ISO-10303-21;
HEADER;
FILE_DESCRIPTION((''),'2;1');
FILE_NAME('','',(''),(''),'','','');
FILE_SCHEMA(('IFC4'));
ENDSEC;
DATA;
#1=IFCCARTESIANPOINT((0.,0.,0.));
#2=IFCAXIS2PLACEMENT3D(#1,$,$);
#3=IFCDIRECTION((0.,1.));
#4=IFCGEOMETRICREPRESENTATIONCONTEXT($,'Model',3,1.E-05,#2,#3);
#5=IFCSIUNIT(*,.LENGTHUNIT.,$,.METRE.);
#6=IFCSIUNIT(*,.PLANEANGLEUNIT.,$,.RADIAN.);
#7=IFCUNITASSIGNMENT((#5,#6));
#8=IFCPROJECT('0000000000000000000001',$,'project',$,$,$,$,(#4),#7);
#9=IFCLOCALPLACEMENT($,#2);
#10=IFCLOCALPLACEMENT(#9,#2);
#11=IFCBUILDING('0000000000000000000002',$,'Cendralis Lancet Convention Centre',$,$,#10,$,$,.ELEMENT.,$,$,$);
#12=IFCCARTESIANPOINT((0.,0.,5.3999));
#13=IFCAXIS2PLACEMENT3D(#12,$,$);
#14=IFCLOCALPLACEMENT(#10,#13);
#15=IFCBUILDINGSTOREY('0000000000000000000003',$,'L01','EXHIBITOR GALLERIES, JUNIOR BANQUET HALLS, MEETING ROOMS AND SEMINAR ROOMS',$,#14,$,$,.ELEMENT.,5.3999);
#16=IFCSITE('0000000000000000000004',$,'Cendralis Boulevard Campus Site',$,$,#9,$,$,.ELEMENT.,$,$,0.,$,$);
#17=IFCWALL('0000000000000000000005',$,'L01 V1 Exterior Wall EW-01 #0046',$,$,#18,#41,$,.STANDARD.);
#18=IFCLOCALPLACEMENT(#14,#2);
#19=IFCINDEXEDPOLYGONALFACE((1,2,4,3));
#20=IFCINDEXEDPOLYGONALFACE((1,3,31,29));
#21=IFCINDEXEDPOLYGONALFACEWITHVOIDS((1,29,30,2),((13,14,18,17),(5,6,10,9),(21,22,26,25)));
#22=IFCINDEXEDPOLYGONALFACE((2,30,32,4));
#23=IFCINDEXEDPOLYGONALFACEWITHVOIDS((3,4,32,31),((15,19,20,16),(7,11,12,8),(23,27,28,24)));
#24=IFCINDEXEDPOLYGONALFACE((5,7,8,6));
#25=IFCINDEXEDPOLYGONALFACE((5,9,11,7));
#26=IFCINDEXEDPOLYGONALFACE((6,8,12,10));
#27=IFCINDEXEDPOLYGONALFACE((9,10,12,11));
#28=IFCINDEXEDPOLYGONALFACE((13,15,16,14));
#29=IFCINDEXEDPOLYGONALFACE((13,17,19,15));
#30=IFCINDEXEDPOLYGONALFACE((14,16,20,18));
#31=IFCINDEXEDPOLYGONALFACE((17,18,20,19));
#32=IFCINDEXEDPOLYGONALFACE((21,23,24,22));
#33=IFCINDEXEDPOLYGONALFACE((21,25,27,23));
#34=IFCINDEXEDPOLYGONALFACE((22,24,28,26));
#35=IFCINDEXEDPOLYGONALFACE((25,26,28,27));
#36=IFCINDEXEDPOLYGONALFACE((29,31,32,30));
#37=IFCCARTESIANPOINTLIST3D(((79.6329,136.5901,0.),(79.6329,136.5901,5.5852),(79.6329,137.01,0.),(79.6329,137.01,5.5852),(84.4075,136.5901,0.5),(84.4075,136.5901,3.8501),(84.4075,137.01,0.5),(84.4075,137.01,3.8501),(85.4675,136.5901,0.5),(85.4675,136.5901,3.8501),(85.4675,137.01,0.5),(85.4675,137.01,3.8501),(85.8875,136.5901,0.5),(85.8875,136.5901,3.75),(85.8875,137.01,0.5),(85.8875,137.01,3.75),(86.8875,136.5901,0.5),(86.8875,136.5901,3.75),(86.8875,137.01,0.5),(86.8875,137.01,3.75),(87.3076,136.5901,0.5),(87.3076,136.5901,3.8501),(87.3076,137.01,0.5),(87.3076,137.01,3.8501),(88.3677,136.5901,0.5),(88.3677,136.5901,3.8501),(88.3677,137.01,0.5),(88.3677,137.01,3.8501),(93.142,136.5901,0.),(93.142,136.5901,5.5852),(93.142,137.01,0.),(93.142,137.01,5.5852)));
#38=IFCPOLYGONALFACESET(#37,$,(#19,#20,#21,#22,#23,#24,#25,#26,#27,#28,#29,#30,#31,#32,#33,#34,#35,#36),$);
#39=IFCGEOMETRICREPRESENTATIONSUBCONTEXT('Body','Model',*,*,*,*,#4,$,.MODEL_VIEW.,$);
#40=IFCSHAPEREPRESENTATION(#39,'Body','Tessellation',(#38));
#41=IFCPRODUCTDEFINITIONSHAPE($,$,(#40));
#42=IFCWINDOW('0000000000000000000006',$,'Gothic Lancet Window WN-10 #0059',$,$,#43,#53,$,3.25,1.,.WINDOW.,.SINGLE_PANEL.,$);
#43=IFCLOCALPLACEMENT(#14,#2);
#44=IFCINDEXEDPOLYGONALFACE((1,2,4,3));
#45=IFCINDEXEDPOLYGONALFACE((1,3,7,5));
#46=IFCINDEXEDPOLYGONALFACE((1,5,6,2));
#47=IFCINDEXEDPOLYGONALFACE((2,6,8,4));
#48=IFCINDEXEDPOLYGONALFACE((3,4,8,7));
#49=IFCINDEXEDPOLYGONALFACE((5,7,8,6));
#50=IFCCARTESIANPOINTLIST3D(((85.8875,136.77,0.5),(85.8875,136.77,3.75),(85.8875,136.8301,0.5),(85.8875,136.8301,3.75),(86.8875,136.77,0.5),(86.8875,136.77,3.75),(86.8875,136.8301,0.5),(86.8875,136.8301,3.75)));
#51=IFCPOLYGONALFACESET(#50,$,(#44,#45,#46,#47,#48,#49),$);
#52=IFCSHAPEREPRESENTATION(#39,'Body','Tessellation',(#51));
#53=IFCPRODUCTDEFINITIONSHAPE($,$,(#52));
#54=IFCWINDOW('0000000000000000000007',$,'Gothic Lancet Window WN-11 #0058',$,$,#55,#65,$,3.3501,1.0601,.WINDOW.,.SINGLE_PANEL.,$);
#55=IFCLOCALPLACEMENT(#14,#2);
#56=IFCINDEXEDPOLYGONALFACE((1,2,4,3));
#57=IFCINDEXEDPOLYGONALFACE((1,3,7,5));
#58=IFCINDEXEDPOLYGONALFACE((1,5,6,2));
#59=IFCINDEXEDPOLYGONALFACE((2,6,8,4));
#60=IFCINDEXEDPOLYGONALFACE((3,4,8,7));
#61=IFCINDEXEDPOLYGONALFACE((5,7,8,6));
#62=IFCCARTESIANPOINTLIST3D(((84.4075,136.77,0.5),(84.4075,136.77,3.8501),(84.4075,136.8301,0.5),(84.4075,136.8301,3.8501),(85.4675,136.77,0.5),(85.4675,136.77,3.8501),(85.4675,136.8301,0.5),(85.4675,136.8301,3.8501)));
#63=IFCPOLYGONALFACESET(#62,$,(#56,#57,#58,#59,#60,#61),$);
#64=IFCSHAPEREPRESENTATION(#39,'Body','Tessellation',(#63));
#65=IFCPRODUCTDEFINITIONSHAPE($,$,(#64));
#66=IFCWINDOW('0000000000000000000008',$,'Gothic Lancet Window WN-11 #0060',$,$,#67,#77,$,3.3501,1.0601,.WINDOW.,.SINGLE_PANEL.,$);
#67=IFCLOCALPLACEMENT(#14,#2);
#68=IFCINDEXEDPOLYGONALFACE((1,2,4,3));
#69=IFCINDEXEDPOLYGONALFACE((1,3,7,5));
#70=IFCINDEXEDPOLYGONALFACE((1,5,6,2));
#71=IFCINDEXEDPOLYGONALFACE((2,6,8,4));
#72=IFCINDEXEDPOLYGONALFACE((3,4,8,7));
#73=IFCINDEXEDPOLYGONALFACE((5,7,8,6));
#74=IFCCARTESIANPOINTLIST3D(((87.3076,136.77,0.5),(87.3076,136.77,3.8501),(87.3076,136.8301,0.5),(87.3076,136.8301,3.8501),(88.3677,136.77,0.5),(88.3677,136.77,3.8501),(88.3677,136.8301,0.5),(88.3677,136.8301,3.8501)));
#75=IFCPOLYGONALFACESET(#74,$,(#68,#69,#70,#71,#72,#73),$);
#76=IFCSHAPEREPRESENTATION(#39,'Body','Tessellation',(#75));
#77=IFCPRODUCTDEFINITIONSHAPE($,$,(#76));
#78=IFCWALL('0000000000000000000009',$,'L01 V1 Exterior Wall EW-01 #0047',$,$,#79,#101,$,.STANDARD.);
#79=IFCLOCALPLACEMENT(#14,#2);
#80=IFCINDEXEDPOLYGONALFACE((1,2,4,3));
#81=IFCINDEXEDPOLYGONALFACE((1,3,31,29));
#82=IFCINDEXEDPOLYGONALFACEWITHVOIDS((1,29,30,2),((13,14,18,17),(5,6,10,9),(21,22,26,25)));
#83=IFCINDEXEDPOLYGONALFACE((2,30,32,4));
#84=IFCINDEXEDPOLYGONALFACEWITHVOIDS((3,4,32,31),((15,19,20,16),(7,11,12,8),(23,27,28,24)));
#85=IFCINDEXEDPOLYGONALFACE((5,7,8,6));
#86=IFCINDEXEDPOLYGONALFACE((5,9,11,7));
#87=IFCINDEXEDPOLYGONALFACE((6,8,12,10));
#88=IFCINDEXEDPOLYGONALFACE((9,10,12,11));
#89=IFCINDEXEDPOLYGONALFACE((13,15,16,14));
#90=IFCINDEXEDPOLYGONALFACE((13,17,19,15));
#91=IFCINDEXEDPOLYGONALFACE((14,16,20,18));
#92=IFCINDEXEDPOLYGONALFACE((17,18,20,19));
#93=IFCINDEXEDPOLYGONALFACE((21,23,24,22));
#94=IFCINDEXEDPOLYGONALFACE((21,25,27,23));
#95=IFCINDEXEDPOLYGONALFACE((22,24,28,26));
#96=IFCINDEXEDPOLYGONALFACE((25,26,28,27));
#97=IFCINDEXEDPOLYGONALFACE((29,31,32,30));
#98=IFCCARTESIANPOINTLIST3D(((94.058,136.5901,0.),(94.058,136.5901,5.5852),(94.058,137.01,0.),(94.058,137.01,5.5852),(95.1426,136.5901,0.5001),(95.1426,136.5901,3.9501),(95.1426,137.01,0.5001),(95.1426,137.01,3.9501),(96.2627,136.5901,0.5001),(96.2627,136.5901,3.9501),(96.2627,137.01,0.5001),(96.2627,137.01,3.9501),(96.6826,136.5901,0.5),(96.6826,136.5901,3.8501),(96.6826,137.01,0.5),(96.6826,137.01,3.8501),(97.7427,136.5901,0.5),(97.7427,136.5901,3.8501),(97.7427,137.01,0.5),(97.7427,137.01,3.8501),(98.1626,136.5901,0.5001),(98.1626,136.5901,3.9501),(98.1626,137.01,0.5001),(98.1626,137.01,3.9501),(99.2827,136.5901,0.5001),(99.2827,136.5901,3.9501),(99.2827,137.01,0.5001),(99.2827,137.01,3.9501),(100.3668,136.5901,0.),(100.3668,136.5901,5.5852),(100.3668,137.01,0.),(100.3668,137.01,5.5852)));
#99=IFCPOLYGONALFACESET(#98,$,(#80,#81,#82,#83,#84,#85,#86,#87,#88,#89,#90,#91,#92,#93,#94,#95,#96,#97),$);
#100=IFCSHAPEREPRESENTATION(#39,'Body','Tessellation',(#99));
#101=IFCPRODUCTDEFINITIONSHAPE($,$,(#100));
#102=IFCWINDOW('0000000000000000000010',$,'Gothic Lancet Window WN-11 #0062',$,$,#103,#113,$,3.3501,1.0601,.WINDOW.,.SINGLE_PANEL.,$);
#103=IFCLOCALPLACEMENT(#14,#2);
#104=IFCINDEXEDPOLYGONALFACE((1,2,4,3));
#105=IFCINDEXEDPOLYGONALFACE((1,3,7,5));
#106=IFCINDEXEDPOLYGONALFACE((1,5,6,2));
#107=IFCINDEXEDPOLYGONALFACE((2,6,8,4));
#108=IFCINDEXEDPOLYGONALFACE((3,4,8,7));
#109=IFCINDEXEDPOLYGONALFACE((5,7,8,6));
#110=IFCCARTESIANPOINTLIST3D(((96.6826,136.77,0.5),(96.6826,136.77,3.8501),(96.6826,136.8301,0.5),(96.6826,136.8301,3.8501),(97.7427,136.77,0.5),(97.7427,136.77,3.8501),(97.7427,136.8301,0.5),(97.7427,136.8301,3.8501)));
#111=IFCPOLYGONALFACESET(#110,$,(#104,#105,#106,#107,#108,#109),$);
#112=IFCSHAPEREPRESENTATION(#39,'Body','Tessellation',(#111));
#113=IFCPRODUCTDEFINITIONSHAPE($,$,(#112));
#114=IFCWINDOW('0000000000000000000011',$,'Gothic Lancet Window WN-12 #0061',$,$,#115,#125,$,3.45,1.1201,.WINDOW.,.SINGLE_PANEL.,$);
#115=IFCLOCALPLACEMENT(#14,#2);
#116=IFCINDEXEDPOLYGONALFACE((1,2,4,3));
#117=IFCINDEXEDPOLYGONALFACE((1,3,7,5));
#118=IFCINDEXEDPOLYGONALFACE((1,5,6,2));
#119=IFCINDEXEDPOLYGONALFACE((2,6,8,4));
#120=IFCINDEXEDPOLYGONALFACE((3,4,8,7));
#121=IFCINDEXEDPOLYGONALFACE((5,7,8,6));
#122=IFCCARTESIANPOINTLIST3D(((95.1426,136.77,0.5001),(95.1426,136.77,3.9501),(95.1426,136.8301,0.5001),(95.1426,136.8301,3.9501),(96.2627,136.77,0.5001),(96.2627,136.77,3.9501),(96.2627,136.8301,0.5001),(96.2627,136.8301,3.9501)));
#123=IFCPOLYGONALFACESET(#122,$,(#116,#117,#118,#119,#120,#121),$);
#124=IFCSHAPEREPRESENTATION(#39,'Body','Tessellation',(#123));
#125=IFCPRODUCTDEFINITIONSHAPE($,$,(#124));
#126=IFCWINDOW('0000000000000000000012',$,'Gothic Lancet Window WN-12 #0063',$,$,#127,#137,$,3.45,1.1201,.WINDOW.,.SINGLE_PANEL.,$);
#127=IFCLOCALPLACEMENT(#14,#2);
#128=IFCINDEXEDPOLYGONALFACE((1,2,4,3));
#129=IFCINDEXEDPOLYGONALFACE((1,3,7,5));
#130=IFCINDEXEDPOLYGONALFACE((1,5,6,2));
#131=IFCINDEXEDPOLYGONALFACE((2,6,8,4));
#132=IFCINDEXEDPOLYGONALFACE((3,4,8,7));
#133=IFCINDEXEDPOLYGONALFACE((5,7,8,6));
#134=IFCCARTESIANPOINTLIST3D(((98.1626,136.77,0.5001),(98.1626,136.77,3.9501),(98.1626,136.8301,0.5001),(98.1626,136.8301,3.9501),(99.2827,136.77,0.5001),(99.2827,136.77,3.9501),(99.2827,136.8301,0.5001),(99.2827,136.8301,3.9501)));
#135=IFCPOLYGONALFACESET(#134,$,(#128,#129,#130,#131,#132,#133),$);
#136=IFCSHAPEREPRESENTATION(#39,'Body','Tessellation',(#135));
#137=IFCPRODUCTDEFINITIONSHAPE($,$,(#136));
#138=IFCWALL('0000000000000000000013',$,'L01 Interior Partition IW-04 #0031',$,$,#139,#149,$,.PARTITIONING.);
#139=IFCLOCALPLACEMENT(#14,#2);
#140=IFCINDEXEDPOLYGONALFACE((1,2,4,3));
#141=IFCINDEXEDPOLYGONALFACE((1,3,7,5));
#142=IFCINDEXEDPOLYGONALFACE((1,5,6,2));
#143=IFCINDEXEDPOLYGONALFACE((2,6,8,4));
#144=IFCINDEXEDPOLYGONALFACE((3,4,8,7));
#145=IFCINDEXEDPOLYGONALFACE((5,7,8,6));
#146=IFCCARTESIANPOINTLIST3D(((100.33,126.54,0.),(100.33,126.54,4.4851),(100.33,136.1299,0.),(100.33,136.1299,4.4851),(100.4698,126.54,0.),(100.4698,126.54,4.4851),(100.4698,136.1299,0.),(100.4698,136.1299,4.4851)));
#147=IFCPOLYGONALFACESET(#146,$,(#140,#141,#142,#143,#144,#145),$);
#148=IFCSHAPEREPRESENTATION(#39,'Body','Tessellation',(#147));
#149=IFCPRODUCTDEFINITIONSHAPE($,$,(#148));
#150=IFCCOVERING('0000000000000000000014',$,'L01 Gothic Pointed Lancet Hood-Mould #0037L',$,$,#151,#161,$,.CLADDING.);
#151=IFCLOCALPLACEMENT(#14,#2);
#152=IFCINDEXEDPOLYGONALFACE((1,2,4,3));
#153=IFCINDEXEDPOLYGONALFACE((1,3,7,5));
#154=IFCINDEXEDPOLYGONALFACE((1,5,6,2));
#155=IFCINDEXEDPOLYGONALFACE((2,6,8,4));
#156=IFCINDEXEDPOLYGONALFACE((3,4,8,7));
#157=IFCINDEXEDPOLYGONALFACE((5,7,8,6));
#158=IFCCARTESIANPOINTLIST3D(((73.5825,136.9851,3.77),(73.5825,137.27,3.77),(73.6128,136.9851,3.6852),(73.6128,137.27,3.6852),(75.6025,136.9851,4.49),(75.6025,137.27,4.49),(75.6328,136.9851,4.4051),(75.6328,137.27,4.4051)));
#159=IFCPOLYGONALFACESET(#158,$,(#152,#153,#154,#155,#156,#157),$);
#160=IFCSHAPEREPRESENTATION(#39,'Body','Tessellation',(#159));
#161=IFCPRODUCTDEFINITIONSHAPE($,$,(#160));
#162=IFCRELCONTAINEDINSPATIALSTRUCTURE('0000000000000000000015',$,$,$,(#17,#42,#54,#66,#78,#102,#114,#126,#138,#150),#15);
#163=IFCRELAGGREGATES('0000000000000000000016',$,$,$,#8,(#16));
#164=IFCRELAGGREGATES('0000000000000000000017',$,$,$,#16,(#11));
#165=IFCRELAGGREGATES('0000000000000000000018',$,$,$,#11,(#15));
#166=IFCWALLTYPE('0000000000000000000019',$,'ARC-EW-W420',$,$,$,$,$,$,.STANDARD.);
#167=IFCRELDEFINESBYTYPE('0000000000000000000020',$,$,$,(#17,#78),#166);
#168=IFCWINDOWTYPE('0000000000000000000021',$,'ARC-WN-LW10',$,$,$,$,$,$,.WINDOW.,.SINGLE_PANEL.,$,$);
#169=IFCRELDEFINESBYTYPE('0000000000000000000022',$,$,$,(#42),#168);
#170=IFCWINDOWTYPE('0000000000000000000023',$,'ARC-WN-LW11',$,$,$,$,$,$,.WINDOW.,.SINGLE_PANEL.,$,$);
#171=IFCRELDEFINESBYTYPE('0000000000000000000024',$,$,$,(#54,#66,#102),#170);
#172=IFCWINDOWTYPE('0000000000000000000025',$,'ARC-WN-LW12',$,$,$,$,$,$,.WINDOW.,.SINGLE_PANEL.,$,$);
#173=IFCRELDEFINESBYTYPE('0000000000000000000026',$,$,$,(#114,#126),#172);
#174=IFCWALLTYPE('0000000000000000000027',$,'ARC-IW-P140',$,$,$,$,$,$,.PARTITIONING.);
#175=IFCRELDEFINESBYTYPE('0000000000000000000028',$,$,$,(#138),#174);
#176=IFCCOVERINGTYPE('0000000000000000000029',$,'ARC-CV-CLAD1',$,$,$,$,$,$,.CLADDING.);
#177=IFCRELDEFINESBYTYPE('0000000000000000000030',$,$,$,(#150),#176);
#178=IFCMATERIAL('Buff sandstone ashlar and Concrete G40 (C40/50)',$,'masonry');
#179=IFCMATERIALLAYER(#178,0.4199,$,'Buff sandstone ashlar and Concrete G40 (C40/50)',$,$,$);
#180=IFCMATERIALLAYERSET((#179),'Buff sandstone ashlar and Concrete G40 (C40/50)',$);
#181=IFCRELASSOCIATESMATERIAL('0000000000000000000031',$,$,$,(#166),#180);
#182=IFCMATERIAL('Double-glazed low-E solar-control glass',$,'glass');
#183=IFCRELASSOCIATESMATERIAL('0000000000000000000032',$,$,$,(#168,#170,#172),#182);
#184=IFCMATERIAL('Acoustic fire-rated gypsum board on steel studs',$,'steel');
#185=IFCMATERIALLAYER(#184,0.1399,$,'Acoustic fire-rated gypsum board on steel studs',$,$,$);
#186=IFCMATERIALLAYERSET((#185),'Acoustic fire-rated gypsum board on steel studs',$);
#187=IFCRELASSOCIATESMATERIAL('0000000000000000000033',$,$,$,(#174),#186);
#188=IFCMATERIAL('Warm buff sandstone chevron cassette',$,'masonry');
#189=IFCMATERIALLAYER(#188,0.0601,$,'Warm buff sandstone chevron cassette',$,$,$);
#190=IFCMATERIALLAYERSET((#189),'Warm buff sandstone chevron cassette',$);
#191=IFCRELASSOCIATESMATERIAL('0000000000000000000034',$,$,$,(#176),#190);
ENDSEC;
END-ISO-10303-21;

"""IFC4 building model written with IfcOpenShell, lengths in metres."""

from ifc_helpers import new_model, si_unit, direction, frame, frame_2d, origin, place, context, subcontext, project, spatial, polyline, rectangle, outline, extrude, material, layer, layer_set, type_object, element, fill, save


model = new_model("IFC4")

# Units and contexts
model_context = context("Model", 3, precision=1e-05, world=origin(), true_north=direction((0.0, 1.0)))
body_context = subcontext(model_context, "Body", "Model", "MODEL_VIEW")
ifc_project = project(units=[si_unit("LENGTHUNIT", "METRE"), si_unit("PLANEANGLEUNIT", "RADIAN")], contexts=[model_context])

# Site, building, storey
site_placement = place(None, origin())
site = spatial("IfcSite", under=ifc_project, at=site_placement, Name="Cendralis Boulevard Campus Site", CompositionType="ELEMENT", RefElevation=0.0)
building_placement = place(site_placement, origin())
building = spatial("IfcBuilding", under=site, at=building_placement, Name="Cendralis Lancet Convention Centre", CompositionType="ELEMENT")
storey_placement = place(building_placement, frame((0.0, 0.0, 5.3999)))
storey = spatial("IfcBuildingStorey", under=building, at=storey_placement, Name="L01", Description="EXHIBITOR GALLERIES, JUNIOR BANQUET HALLS, MEETING ROOMS AND SEMINAR ROOMS", CompositionType="ELEMENT", Elevation=5.3999)

# Walls, openings, windows
ifc_material_1 = material(Name="Buff sandstone ashlar and Concrete G40 (C40/50)", Category="masonry")
ifc_layer_1 = layer(ifc_material_1, 0.4199, Name="Buff sandstone ashlar and Concrete G40 (C40/50)")
ifc_layer_set_1 = layer_set([ifc_layer_1], Name="Buff sandstone ashlar and Concrete G40 (C40/50)")
wall_type_1 = type_object("IfcWallType", Name="ARC-EW-W420", PredefinedType="STANDARD", material=ifc_layer_set_1)
wall_1_placement = place(storey_placement, frame((79.6331, 136.8, 0.0), z_axis=(0.0, 0.0, 1.0), x_axis=(1.0, 0.0, 0.0)))
wall_1 = element("IfcWall", 1, at=wall_1_placement, inside=storey, type_object=wall_type_1, Name="L01 V1 Exterior Wall EW-01 #0046", PredefinedType="STANDARD", context=body_context, shape_type="SweptSolid", body=[
    extrude(rectangle(XDim=13.509, YDim=0.4199, at=frame_2d((6.7544, 0.0))), origin(), (0.0, 0.0, 1.0), 5.5852),
])
opening_1_placement = place(wall_1_placement, frame((4.7744, 0.0, 0.5)))
opening_1 = element("IfcOpeningElement", 2, at=opening_1_placement, cuts=wall_1, PredefinedType="OPENING", context=body_context, shape_type="SweptSolid", body=[
    extrude(rectangle(XDim=1.0601, YDim=3.3501, at=frame_2d((0.53, 1.675))), frame((0.0, 0.22, 0.0), z_axis=(0.0, -1.0, 0.0), x_axis=(1.0, 0.0, 0.0)), (0.0, 0.0, 1.0), 0.4399),
])
opening_2_placement = place(wall_1_placement, frame((6.2544, 0.0, 0.5)))
opening_2 = element("IfcOpeningElement", 3, at=opening_2_placement, cuts=wall_1, PredefinedType="OPENING", context=body_context, shape_type="SweptSolid", body=[
    extrude(rectangle(XDim=1.0, YDim=3.25, at=frame_2d((0.5, 1.625))), frame((0.0, 0.22, 0.0), z_axis=(0.0, -1.0, 0.0), x_axis=(1.0, 0.0, 0.0)), (0.0, 0.0, 1.0), 0.4399),
])
opening_3_placement = place(wall_1_placement, frame((7.6746, 0.0, 0.5)))
opening_3 = element("IfcOpeningElement", 4, at=opening_3_placement, cuts=wall_1, PredefinedType="OPENING", context=body_context, shape_type="SweptSolid", body=[
    extrude(rectangle(XDim=1.0601, YDim=3.3501, at=frame_2d((0.53, 1.675))), frame((0.0, 0.22, 0.0), z_axis=(0.0, -1.0, 0.0), x_axis=(1.0, 0.0, 0.0)), (0.0, 0.0, 1.0), 0.4399),
])
ifc_material_2 = material(Name="Double-glazed low-E solar-control glass", Category="glass")
window_type_1 = type_object("IfcWindowType", Name="ARC-WN-LW10", PartitioningType="SINGLE_PANEL", PredefinedType="WINDOW", material=ifc_material_2)
window_1_placement = place(opening_2_placement, origin())
window_1 = element("IfcWindow", 5, at=window_1_placement, inside=storey, type_object=window_type_1, Name="Gothic Lancet Window WN-10 #0059", OverallHeight=3.25, OverallWidth=1.0, PartitioningType="SINGLE_PANEL", PredefinedType="WINDOW", context=body_context, shape_type="SweptSolid", body=[
    extrude(rectangle(XDim=1.0, YDim=3.25, at=frame_2d((0.5, 1.625))), frame((0.0, 0.03, 0.0), z_axis=(0.0, -1.0, 0.0), x_axis=(1.0, 0.0, 0.0)), (0.0, 0.0, 1.0), 0.0601),
])
fill(opening_2, window_1)
window_type_2 = type_object("IfcWindowType", Name="ARC-WN-LW11", PartitioningType="SINGLE_PANEL", PredefinedType="WINDOW", material=ifc_material_2)
window_2_placement = place(opening_1_placement, origin())
window_2 = element("IfcWindow", 6, at=window_2_placement, inside=storey, type_object=window_type_2, Name="Gothic Lancet Window WN-11 #0058", OverallHeight=3.3501, OverallWidth=1.0601, PartitioningType="SINGLE_PANEL", PredefinedType="WINDOW", context=body_context, shape_type="SweptSolid", body=[
    extrude(rectangle(XDim=1.0601, YDim=3.3501, at=frame_2d((0.53, 1.675))), frame((0.0, 0.03, 0.0), z_axis=(0.0, -1.0, 0.0), x_axis=(1.0, 0.0, 0.0)), (0.0, 0.0, 1.0), 0.0601),
])
fill(opening_1, window_2)
window_3_placement = place(opening_3_placement, origin())
window_3 = element("IfcWindow", 7, at=window_3_placement, inside=storey, type_object=window_type_2, Name="Gothic Lancet Window WN-11 #0060", OverallHeight=3.3501, OverallWidth=1.0601, PartitioningType="SINGLE_PANEL", PredefinedType="WINDOW", context=body_context, shape_type="SweptSolid", body=[
    extrude(rectangle(XDim=1.0601, YDim=3.3501, at=frame_2d((0.53, 1.675))), frame((0.0, 0.03, 0.0), z_axis=(0.0, -1.0, 0.0), x_axis=(1.0, 0.0, 0.0)), (0.0, 0.0, 1.0), 0.0601),
])
fill(opening_3, window_3)
wall_2_placement = place(storey_placement, frame((94.0581, 136.8, 0.0), z_axis=(0.0, 0.0, 1.0), x_axis=(1.0, 0.0, 0.0)))
wall_2 = element("IfcWall", 8, at=wall_2_placement, inside=storey, type_object=wall_type_1, Name="L01 V1 Exterior Wall EW-01 #0047", PredefinedType="STANDARD", context=body_context, shape_type="SweptSolid", body=[
    extrude(rectangle(XDim=6.3088, YDim=0.4199, at=frame_2d((3.1543, 0.0))), origin(), (0.0, 0.0, 1.0), 5.5852),
])
opening_4_placement = place(wall_2_placement, frame((1.0845, 0.0, 0.5)))
opening_4 = element("IfcOpeningElement", 9, at=opening_4_placement, cuts=wall_2, PredefinedType="OPENING", context=body_context, shape_type="SweptSolid", body=[
    extrude(rectangle(XDim=1.1201, YDim=3.45, at=frame_2d((0.5601, 1.7251))), frame((0.0, 0.22, 0.0), z_axis=(0.0, -1.0, 0.0), x_axis=(1.0, 0.0, 0.0)), (0.0, 0.0, 1.0), 0.4399),
])
opening_5_placement = place(wall_2_placement, frame((2.6245, 0.0, 0.5)))
opening_5 = element("IfcOpeningElement", 10, at=opening_5_placement, cuts=wall_2, PredefinedType="OPENING", context=body_context, shape_type="SweptSolid", body=[
    extrude(rectangle(XDim=1.0601, YDim=3.3501, at=frame_2d((0.53, 1.675))), frame((0.0, 0.22, 0.0), z_axis=(0.0, -1.0, 0.0), x_axis=(1.0, 0.0, 0.0)), (0.0, 0.0, 1.0), 0.4399),
])
opening_6_placement = place(wall_2_placement, frame((4.1045, 0.0, 0.5)))
opening_6 = element("IfcOpeningElement", 11, at=opening_6_placement, cuts=wall_2, PredefinedType="OPENING", context=body_context, shape_type="SweptSolid", body=[
    extrude(rectangle(XDim=1.1201, YDim=3.45, at=frame_2d((0.5601, 1.7251))), frame((0.0, 0.22, 0.0), z_axis=(0.0, -1.0, 0.0), x_axis=(1.0, 0.0, 0.0)), (0.0, 0.0, 1.0), 0.4399),
])
window_4_placement = place(opening_5_placement, origin())
window_4 = element("IfcWindow", 12, at=window_4_placement, inside=storey, type_object=window_type_2, Name="Gothic Lancet Window WN-11 #0062", OverallHeight=3.3501, OverallWidth=1.0601, PartitioningType="SINGLE_PANEL", PredefinedType="WINDOW", context=body_context, shape_type="SweptSolid", body=[
    extrude(rectangle(XDim=1.0601, YDim=3.3501, at=frame_2d((0.53, 1.675))), frame((0.0, 0.03, 0.0), z_axis=(0.0, -1.0, 0.0), x_axis=(1.0, 0.0, 0.0)), (0.0, 0.0, 1.0), 0.0601),
])
fill(opening_5, window_4)
window_type_3 = type_object("IfcWindowType", Name="ARC-WN-LW12", PartitioningType="SINGLE_PANEL", PredefinedType="WINDOW", material=ifc_material_2)
window_5_placement = place(opening_4_placement, origin())
window_5 = element("IfcWindow", 13, at=window_5_placement, inside=storey, type_object=window_type_3, Name="Gothic Lancet Window WN-12 #0061", OverallHeight=3.45, OverallWidth=1.1201, PartitioningType="SINGLE_PANEL", PredefinedType="WINDOW", context=body_context, shape_type="SweptSolid", body=[
    extrude(rectangle(XDim=1.1201, YDim=3.45, at=frame_2d((0.5601, 1.7251))), frame((0.0, 0.03, 0.0), z_axis=(0.0, -1.0, 0.0), x_axis=(1.0, 0.0, 0.0)), (0.0, 0.0, 1.0), 0.0601),
])
fill(opening_4, window_5)
window_6_placement = place(opening_6_placement, origin())
window_6 = element("IfcWindow", 14, at=window_6_placement, inside=storey, type_object=window_type_3, Name="Gothic Lancet Window WN-12 #0063", OverallHeight=3.45, OverallWidth=1.1201, PartitioningType="SINGLE_PANEL", PredefinedType="WINDOW", context=body_context, shape_type="SweptSolid", body=[
    extrude(rectangle(XDim=1.1201, YDim=3.45, at=frame_2d((0.5601, 1.7251))), frame((0.0, 0.03, 0.0), z_axis=(0.0, -1.0, 0.0), x_axis=(1.0, 0.0, 0.0)), (0.0, 0.0, 1.0), 0.0601),
])
fill(opening_6, window_6)

# Wall
ifc_material_3 = material(Name="Acoustic fire-rated gypsum board on steel studs", Category="steel")
ifc_layer_2 = layer(ifc_material_3, 0.1399, Name="Acoustic fire-rated gypsum board on steel studs")
ifc_layer_set_2 = layer_set([ifc_layer_2], Name="Acoustic fire-rated gypsum board on steel studs")
wall_type_2 = type_object("IfcWallType", Name="ARC-IW-P140", PredefinedType="PARTITIONING", material=ifc_layer_set_2)
wall_3_placement = place(storey_placement, frame((100.3999, 126.54, 0.0), z_axis=(0.0, 0.0, 1.0), x_axis=(0.0, 1.0, 0.0)))
element("IfcWall", 15, at=wall_3_placement, inside=storey, type_object=wall_type_2, Name="L01 Interior Partition IW-04 #0031", PredefinedType="PARTITIONING", context=body_context, shape_type="SweptSolid", body=[
    extrude(rectangle(XDim=9.5898, YDim=0.1399, at=frame_2d((4.7949, 0.0))), origin(), (0.0, 0.0, 1.0), 4.4851),
])

# Covering
ifc_material_4 = material(Name="Warm buff sandstone chevron cassette", Category="masonry")
ifc_layer_3 = layer(ifc_material_4, 0.0601, Name="Warm buff sandstone chevron cassette")
ifc_layer_set_3 = layer_set([ifc_layer_3], Name="Warm buff sandstone chevron cassette")
covering_type = type_object("IfcCoveringType", Name="ARC-CV-CLAD1", PredefinedType="CLADDING", material=ifc_layer_set_3)
for number, where, z_axis, x_axis, name in (
    (16, (73.5825, 137.27, 3.77), (-0.335731, 0.0, 0.941958), (0.0, -1.0, 0.0), "L01 Gothic Pointed Lancet Hood-Mould #0037L"),
):
    element("IfcCovering", number, at=place(storey_placement, frame(where, z_axis=z_axis, x_axis=x_axis)), inside=storey, type_object=covering_type, Name=name, PredefinedType="CLADDING", context=body_context, shape_type="SweptSolid", body=[
        extrude(outline(polyline([(0.0, 0.0), (0.2849, 0.0), (0.2849, 2.1445), (0.0, 2.1445), (0.0, 0.0)])), origin(), (0.0, 0.0, -1.0), 0.0901),
    ])

save(model, "model.ifc")
